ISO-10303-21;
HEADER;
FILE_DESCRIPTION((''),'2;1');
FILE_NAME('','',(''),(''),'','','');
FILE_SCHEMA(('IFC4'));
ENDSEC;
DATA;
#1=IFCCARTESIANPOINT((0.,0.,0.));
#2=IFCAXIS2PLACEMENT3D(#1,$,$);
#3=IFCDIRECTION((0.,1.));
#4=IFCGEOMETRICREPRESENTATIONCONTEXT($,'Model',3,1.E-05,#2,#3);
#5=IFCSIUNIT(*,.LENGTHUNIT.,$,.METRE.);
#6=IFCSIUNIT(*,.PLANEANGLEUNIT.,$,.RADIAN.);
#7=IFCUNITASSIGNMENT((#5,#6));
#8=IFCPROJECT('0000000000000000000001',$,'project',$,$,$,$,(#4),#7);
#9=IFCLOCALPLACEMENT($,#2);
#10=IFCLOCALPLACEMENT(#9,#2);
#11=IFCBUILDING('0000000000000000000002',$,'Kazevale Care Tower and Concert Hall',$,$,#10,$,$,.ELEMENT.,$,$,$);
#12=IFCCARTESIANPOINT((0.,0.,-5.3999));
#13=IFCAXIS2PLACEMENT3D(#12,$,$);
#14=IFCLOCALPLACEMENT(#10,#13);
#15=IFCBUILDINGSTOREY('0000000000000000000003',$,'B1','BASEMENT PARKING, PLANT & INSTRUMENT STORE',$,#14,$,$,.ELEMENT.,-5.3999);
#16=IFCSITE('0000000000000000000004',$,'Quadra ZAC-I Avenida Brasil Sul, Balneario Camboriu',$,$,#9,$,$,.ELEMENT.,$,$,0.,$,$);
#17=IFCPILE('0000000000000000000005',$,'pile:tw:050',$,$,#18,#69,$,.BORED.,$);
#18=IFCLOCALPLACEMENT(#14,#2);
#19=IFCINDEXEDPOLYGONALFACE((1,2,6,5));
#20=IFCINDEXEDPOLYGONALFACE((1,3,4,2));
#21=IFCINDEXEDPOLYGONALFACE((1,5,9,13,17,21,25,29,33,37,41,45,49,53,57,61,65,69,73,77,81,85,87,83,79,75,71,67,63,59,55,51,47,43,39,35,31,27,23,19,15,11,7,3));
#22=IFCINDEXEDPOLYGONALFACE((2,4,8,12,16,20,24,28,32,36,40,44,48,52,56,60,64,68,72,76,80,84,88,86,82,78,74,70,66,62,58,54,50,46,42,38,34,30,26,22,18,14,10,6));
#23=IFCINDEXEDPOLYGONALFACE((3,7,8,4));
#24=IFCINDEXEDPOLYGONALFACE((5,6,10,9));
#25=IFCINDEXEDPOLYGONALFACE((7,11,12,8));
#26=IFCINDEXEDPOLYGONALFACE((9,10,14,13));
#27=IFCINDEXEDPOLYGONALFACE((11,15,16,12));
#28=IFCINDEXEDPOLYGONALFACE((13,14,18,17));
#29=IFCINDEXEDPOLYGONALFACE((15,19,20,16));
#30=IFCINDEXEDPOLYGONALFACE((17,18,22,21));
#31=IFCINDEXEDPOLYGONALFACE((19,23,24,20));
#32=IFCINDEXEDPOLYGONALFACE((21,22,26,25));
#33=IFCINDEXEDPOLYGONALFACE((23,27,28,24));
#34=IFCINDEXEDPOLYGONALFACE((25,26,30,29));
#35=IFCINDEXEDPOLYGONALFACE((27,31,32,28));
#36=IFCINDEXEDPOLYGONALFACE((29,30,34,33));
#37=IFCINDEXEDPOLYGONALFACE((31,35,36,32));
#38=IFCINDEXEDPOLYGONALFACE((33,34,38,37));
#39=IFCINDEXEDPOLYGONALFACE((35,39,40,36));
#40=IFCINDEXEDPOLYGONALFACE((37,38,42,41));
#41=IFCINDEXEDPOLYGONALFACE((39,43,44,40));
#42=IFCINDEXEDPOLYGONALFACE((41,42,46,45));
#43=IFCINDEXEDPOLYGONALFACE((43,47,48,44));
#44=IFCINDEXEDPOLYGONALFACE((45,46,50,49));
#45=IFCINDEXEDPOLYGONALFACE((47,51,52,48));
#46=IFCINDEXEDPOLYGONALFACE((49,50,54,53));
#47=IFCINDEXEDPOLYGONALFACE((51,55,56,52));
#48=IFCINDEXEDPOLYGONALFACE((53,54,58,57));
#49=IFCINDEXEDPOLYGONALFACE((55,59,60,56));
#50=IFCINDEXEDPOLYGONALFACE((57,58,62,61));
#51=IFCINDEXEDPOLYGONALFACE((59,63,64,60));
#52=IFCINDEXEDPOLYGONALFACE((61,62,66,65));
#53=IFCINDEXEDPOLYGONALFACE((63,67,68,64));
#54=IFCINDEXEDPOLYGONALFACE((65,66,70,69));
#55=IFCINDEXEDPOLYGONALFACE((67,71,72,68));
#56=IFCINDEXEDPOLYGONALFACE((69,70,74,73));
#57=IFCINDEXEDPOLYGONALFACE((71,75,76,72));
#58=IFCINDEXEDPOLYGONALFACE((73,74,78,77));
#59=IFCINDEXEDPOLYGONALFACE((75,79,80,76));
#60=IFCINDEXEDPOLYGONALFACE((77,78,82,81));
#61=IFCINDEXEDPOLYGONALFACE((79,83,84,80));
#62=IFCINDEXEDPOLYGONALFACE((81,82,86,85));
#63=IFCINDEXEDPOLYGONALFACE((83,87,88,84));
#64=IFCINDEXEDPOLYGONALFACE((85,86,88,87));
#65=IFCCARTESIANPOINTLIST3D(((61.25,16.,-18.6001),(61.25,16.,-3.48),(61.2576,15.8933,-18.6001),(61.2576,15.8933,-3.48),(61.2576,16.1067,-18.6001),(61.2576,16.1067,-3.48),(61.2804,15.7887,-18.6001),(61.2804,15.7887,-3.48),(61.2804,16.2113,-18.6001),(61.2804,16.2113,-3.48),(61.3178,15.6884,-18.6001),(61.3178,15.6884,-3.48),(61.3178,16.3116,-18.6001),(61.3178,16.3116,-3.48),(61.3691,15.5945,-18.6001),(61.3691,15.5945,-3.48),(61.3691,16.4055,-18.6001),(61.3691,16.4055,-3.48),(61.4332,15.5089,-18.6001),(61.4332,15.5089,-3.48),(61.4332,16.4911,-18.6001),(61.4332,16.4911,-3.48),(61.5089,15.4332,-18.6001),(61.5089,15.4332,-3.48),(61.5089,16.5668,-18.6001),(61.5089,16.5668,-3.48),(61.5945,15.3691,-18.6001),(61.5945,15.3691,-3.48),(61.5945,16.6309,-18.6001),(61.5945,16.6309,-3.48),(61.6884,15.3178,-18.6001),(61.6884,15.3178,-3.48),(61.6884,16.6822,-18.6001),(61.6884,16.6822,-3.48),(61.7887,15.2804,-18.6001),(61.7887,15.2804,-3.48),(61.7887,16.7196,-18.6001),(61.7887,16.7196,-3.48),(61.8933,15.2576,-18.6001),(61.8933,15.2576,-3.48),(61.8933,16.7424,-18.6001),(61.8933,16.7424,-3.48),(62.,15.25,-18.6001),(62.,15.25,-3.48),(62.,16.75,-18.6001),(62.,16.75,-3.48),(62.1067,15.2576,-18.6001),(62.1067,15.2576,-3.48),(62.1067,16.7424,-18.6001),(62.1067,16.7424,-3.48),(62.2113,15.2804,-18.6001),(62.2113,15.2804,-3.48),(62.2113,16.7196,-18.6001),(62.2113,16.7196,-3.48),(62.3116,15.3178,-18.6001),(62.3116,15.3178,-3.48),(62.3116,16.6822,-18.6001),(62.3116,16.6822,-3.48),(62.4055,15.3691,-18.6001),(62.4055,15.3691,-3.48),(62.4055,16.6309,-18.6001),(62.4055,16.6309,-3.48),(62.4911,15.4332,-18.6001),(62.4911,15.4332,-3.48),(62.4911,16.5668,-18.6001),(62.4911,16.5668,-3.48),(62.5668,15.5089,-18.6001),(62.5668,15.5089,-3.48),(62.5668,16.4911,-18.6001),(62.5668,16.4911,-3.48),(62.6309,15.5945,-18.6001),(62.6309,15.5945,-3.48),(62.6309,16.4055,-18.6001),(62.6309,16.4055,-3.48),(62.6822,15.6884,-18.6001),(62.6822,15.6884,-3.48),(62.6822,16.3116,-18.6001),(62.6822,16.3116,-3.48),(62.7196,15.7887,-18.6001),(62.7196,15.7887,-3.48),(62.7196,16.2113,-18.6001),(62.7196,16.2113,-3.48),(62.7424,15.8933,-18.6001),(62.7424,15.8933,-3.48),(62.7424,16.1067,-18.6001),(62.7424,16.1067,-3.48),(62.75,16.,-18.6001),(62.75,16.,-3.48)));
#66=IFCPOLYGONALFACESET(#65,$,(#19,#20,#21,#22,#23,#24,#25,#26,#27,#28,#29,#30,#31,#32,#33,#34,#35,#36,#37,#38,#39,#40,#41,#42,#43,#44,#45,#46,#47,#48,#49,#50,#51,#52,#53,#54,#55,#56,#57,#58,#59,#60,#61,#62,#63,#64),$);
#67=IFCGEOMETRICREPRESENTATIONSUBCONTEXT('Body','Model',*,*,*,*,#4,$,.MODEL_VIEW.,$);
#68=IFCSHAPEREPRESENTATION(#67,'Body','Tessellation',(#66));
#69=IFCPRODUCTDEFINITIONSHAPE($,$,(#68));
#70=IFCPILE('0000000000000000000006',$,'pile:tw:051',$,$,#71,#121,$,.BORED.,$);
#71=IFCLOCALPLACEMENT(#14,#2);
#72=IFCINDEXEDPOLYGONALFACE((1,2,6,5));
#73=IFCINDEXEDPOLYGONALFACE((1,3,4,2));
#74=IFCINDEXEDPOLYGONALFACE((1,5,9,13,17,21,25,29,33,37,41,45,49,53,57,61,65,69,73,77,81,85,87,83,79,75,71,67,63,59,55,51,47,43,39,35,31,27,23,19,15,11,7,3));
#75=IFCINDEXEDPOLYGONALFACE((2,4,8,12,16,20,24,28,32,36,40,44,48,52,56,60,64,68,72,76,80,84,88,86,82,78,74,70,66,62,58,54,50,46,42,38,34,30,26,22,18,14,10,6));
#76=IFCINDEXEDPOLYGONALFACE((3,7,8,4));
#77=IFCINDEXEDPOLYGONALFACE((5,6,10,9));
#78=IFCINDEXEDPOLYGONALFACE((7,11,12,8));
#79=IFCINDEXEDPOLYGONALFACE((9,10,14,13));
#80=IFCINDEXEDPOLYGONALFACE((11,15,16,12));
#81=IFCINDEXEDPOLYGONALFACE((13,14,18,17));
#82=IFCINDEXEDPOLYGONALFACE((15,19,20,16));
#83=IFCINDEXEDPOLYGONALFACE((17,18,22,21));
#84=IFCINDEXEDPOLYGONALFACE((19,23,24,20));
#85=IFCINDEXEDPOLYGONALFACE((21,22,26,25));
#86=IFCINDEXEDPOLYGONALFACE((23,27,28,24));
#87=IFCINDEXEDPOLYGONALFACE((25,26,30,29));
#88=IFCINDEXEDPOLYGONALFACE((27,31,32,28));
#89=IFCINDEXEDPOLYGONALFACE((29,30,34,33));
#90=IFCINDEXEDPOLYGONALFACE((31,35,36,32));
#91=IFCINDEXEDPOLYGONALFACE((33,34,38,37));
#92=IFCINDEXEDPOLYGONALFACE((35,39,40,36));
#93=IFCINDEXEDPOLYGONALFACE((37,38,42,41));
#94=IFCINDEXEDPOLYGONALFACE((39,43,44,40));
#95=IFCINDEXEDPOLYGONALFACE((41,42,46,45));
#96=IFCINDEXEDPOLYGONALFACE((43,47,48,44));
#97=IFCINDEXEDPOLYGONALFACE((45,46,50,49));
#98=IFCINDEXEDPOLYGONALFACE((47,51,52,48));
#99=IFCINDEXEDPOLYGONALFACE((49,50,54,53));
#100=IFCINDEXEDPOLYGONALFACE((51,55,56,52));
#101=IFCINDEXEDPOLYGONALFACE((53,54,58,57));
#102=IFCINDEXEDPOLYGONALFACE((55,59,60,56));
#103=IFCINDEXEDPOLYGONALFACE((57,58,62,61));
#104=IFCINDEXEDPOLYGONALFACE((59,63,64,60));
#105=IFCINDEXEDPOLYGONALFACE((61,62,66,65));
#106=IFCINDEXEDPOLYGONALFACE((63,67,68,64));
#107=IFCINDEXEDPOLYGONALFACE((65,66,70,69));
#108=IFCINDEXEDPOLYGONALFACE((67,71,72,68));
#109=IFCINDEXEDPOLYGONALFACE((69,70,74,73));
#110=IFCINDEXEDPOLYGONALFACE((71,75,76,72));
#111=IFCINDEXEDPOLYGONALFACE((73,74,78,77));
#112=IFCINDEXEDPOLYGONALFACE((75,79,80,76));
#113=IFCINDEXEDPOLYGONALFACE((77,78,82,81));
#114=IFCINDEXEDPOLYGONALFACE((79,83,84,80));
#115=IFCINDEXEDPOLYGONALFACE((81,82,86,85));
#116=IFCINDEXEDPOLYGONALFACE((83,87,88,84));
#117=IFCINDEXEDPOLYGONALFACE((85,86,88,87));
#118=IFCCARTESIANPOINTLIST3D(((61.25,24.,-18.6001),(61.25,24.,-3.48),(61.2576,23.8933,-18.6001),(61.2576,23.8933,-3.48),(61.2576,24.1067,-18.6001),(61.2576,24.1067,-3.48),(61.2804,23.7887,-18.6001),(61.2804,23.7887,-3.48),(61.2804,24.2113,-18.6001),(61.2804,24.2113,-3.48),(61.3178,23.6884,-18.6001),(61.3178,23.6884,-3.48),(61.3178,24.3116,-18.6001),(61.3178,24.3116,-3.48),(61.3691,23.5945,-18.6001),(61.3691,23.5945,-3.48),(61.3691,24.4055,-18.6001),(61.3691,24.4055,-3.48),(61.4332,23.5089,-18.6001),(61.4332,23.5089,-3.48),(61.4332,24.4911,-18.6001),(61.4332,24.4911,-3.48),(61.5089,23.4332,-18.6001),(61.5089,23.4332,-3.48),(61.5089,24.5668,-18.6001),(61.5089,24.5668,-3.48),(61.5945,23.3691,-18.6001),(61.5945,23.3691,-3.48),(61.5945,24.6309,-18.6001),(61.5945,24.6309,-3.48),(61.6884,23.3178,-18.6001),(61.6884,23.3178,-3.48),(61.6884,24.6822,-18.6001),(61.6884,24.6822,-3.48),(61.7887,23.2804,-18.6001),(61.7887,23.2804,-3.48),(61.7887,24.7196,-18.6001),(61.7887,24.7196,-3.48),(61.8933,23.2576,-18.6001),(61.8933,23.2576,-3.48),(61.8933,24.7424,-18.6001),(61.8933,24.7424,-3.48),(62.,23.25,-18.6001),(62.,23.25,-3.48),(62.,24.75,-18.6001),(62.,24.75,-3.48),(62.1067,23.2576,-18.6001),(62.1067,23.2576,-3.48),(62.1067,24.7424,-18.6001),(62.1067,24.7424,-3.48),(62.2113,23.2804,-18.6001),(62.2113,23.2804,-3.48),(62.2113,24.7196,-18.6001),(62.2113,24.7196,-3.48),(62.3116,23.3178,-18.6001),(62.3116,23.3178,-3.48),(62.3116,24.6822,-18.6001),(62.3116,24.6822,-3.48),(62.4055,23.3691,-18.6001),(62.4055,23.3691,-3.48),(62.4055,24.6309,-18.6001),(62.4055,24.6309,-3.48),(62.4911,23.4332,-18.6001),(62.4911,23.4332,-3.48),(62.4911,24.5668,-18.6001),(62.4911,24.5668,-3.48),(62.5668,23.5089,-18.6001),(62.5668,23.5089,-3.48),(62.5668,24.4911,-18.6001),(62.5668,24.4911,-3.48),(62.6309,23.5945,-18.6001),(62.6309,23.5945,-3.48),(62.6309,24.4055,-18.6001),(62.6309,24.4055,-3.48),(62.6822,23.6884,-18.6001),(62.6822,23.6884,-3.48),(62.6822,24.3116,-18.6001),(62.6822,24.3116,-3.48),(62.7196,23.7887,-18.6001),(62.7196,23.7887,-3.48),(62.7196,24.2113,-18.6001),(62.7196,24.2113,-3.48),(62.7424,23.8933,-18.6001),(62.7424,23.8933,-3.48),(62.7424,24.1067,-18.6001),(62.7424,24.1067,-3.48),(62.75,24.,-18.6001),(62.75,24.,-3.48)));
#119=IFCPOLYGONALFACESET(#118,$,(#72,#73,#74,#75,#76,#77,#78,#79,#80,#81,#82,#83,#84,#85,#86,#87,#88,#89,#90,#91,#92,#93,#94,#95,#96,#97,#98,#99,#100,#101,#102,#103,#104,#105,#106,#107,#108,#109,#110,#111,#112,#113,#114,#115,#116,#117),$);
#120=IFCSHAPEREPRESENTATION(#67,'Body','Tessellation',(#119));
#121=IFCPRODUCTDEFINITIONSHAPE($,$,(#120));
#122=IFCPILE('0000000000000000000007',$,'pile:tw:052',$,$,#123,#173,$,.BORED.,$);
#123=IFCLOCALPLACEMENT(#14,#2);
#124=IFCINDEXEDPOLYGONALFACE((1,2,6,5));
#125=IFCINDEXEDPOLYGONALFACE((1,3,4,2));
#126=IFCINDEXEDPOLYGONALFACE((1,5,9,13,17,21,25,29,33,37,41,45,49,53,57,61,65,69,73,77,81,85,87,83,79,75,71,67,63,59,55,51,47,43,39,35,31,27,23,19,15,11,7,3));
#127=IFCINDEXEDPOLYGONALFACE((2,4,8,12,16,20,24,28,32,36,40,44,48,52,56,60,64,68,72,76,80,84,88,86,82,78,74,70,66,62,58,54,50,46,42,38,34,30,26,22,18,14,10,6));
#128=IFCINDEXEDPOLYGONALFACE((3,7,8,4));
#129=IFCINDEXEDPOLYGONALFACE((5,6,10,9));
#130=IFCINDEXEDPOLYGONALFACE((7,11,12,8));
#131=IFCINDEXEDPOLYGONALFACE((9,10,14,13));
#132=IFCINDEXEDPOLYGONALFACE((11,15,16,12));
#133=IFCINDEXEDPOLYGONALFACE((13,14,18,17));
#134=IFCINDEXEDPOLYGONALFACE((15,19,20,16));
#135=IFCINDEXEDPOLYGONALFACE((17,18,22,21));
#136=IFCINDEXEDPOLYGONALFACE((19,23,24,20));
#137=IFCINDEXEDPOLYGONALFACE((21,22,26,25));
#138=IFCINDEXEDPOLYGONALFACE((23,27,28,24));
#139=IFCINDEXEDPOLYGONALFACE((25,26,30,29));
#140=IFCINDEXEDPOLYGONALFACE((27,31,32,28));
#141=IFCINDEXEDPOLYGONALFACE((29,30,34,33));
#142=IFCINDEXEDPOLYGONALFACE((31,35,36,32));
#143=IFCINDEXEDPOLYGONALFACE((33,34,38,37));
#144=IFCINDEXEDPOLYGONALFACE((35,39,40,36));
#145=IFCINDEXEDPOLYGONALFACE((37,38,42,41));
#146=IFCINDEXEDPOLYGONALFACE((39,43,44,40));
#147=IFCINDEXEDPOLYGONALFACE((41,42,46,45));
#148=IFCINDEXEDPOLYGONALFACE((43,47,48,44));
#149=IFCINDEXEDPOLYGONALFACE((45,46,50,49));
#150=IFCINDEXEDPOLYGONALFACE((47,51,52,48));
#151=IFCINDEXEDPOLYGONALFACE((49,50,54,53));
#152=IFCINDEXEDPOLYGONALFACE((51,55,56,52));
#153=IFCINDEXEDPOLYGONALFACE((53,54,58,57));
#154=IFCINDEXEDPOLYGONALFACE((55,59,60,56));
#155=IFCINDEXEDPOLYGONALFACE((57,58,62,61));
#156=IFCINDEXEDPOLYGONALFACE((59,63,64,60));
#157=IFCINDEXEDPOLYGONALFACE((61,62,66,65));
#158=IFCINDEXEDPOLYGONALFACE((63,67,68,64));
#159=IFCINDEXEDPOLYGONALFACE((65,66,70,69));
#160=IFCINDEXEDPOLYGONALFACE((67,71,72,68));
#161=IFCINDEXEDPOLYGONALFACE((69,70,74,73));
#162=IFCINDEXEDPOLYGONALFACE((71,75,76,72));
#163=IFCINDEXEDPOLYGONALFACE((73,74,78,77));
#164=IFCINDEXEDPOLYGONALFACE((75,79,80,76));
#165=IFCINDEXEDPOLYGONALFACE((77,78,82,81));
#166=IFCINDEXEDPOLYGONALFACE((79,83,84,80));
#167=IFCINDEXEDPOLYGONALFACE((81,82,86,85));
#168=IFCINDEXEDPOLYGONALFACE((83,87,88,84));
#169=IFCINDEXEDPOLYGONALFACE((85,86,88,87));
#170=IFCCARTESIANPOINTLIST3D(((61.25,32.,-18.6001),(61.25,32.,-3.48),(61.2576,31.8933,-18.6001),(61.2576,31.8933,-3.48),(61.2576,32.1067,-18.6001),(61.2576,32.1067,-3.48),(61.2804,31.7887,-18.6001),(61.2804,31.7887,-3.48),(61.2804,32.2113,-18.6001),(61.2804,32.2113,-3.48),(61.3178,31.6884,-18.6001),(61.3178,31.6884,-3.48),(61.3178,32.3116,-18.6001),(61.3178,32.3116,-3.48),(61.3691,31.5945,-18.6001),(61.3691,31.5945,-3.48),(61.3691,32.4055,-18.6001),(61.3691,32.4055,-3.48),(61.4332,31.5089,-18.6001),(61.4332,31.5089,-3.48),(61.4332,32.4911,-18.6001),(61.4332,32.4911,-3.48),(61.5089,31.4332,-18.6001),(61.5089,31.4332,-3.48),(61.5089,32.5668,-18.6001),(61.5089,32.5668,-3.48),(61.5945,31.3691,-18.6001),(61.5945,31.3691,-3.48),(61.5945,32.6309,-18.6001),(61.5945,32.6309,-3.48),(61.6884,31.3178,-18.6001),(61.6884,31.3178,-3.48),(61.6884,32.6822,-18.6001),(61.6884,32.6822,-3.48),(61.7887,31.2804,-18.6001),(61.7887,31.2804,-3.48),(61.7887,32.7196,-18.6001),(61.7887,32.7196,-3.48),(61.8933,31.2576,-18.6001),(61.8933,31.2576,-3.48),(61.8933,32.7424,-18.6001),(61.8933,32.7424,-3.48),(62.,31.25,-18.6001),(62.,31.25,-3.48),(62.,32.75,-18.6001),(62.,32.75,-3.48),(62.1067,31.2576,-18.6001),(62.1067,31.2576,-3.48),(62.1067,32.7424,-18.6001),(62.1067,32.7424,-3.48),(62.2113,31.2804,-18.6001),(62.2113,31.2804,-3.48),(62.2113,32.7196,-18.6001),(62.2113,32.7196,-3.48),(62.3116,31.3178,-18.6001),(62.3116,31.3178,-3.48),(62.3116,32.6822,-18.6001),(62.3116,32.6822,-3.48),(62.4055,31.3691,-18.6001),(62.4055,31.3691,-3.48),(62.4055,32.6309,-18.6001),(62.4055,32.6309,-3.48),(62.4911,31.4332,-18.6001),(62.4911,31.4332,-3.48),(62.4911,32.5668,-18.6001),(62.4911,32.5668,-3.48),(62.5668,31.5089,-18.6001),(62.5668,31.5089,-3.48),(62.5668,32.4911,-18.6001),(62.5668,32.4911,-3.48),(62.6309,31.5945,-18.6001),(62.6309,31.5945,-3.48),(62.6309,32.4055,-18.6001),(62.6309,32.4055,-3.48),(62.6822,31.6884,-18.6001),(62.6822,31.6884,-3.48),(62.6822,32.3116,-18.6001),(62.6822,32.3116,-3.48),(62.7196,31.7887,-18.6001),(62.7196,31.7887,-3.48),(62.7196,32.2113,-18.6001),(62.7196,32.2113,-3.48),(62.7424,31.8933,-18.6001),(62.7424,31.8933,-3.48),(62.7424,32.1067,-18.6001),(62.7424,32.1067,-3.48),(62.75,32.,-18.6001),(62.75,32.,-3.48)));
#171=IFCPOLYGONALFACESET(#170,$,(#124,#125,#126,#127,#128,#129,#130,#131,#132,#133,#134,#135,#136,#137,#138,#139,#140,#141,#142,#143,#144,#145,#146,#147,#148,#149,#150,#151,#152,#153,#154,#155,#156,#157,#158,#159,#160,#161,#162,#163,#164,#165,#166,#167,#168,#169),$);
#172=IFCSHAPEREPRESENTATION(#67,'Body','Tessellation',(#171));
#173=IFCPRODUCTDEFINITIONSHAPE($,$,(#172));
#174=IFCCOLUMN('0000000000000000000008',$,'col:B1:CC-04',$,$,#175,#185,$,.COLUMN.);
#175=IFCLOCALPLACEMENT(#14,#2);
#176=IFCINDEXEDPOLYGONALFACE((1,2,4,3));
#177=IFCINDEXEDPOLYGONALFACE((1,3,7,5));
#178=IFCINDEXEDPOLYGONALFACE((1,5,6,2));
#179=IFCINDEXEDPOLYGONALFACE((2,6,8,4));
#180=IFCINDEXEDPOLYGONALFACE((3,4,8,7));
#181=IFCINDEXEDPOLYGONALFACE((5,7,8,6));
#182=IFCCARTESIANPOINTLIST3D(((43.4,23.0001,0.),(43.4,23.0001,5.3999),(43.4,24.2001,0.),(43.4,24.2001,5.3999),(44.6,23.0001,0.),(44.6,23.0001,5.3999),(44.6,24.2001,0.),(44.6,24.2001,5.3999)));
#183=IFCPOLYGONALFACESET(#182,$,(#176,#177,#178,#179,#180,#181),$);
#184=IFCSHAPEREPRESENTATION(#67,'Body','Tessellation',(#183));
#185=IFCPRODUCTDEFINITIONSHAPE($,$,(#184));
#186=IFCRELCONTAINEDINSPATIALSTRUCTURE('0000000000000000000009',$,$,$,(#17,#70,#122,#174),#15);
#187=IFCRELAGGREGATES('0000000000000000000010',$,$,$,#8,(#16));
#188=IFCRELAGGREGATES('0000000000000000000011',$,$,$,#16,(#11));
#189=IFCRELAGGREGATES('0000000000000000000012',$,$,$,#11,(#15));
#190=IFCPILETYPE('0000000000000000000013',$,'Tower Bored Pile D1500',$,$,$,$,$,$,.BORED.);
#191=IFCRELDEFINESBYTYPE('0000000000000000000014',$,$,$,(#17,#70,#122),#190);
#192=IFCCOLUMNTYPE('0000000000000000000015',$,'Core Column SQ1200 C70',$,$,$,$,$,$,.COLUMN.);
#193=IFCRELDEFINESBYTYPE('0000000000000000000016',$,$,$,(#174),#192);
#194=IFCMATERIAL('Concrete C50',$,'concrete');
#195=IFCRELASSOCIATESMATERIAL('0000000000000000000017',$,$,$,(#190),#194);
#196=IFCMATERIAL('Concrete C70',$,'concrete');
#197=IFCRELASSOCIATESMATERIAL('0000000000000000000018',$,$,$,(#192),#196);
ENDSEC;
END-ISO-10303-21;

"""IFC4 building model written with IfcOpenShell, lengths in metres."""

from ifc_helpers import new_model, si_unit, direction, frame, origin, origin_2d, place, context, subcontext, project, spatial, rectangle, circle, extrude, material, material_profile, profile_set, type_object, element, save


model = new_model("IFC4")

# Units and contexts
model_context = context("Model", 3, precision=1e-05, world=origin(), true_north=direction((0.0, 1.0)))
body_context = subcontext(model_context, "Body", "Model", "MODEL_VIEW")
ifc_project = project(units=[si_unit("LENGTHUNIT", "METRE"), si_unit("PLANEANGLEUNIT", "RADIAN")], contexts=[model_context])

# Site, building, storey
site_placement = place(None, origin())
site = spatial("IfcSite", under=ifc_project, at=site_placement, Name="Quadra ZAC-I Avenida Brasil Sul, Balneario Camboriu", CompositionType="ELEMENT", RefElevation=0.0)
building_placement = place(site_placement, origin())
building = spatial("IfcBuilding", under=site, at=building_placement, Name="Kazevale Care Tower and Concert Hall", CompositionType="ELEMENT")
storey_placement = place(building_placement, frame((0.0, 0.0, -5.3999)))
storey = spatial("IfcBuildingStorey", under=building, at=storey_placement, Name="B1", Description="BASEMENT PARKING, PLANT & INSTRUMENT STORE", CompositionType="ELEMENT", Elevation=-5.3999)

# Piles
ifc_material_1 = material(Name="Concrete C50", Category="concrete")
ifc_material_profile_1 = material_profile(ifc_material_1, circle(Radius=0.75, at=origin_2d()), Name="PILE-D1500")
ifc_profile_set_1 = profile_set([ifc_material_profile_1], Name="Concrete C50")
pile_type = type_object("IfcPileType", Name="Tower Bored Pile D1500", PredefinedType="BORED", material=ifc_profile_set_1)
for number, where, z_axis, x_axis, name in (
    (1, (62.0, 16.0, -3.48), (0.0, 0.0, -1.0), (1.0, 0.0, 0.0), "pile:tw:050"),
    (2, (62.0, 24.0, -3.48), (0.0, 0.0, -1.0), (1.0, 0.0, 0.0), "pile:tw:051"),
    (3, (62.0, 32.0, -3.48), (0.0, 0.0, -1.0), (1.0, 0.0, 0.0), "pile:tw:052"),
):
    element("IfcPile", number, at=place(storey_placement, frame(where, z_axis=z_axis, x_axis=x_axis)), inside=storey, type_object=pile_type, Name=name, PredefinedType="BORED", context=body_context, shape_type="SweptSolid", body=[
        extrude(circle(Radius=0.75, at=origin_2d()), origin(), (0.0, 0.0, 1.0), 15.1201),
    ])

# Column
ifc_material_2 = material(Name="Concrete C70", Category="concrete")
ifc_material_profile_2 = material_profile(ifc_material_2, rectangle(XDim=1.2, YDim=1.2, at=origin_2d()), Name="RC-SQ1200")
ifc_profile_set_2 = profile_set([ifc_material_profile_2], Name="Concrete C70")
column_type_1 = type_object("IfcColumnType", Name="Core Column SQ1200 C70", PredefinedType="COLUMN", material=ifc_profile_set_2)
column_1_placement = place(storey_placement, frame((44.0, 23.6001, 0.0), z_axis=(0.0, 0.0, 1.0), x_axis=(1.0, 0.0, 0.0)))
element("IfcColumn", 4, at=column_1_placement, inside=storey, type_object=column_type_1, Name="col:B1:CC-04", PredefinedType="COLUMN", context=body_context, shape_type="SweptSolid", body=[
    extrude(rectangle(XDim=1.2, YDim=1.2, at=origin_2d()), origin(), (0.0, 0.0, 1.0), 5.3999),
])

save(model, "model.ifc")
